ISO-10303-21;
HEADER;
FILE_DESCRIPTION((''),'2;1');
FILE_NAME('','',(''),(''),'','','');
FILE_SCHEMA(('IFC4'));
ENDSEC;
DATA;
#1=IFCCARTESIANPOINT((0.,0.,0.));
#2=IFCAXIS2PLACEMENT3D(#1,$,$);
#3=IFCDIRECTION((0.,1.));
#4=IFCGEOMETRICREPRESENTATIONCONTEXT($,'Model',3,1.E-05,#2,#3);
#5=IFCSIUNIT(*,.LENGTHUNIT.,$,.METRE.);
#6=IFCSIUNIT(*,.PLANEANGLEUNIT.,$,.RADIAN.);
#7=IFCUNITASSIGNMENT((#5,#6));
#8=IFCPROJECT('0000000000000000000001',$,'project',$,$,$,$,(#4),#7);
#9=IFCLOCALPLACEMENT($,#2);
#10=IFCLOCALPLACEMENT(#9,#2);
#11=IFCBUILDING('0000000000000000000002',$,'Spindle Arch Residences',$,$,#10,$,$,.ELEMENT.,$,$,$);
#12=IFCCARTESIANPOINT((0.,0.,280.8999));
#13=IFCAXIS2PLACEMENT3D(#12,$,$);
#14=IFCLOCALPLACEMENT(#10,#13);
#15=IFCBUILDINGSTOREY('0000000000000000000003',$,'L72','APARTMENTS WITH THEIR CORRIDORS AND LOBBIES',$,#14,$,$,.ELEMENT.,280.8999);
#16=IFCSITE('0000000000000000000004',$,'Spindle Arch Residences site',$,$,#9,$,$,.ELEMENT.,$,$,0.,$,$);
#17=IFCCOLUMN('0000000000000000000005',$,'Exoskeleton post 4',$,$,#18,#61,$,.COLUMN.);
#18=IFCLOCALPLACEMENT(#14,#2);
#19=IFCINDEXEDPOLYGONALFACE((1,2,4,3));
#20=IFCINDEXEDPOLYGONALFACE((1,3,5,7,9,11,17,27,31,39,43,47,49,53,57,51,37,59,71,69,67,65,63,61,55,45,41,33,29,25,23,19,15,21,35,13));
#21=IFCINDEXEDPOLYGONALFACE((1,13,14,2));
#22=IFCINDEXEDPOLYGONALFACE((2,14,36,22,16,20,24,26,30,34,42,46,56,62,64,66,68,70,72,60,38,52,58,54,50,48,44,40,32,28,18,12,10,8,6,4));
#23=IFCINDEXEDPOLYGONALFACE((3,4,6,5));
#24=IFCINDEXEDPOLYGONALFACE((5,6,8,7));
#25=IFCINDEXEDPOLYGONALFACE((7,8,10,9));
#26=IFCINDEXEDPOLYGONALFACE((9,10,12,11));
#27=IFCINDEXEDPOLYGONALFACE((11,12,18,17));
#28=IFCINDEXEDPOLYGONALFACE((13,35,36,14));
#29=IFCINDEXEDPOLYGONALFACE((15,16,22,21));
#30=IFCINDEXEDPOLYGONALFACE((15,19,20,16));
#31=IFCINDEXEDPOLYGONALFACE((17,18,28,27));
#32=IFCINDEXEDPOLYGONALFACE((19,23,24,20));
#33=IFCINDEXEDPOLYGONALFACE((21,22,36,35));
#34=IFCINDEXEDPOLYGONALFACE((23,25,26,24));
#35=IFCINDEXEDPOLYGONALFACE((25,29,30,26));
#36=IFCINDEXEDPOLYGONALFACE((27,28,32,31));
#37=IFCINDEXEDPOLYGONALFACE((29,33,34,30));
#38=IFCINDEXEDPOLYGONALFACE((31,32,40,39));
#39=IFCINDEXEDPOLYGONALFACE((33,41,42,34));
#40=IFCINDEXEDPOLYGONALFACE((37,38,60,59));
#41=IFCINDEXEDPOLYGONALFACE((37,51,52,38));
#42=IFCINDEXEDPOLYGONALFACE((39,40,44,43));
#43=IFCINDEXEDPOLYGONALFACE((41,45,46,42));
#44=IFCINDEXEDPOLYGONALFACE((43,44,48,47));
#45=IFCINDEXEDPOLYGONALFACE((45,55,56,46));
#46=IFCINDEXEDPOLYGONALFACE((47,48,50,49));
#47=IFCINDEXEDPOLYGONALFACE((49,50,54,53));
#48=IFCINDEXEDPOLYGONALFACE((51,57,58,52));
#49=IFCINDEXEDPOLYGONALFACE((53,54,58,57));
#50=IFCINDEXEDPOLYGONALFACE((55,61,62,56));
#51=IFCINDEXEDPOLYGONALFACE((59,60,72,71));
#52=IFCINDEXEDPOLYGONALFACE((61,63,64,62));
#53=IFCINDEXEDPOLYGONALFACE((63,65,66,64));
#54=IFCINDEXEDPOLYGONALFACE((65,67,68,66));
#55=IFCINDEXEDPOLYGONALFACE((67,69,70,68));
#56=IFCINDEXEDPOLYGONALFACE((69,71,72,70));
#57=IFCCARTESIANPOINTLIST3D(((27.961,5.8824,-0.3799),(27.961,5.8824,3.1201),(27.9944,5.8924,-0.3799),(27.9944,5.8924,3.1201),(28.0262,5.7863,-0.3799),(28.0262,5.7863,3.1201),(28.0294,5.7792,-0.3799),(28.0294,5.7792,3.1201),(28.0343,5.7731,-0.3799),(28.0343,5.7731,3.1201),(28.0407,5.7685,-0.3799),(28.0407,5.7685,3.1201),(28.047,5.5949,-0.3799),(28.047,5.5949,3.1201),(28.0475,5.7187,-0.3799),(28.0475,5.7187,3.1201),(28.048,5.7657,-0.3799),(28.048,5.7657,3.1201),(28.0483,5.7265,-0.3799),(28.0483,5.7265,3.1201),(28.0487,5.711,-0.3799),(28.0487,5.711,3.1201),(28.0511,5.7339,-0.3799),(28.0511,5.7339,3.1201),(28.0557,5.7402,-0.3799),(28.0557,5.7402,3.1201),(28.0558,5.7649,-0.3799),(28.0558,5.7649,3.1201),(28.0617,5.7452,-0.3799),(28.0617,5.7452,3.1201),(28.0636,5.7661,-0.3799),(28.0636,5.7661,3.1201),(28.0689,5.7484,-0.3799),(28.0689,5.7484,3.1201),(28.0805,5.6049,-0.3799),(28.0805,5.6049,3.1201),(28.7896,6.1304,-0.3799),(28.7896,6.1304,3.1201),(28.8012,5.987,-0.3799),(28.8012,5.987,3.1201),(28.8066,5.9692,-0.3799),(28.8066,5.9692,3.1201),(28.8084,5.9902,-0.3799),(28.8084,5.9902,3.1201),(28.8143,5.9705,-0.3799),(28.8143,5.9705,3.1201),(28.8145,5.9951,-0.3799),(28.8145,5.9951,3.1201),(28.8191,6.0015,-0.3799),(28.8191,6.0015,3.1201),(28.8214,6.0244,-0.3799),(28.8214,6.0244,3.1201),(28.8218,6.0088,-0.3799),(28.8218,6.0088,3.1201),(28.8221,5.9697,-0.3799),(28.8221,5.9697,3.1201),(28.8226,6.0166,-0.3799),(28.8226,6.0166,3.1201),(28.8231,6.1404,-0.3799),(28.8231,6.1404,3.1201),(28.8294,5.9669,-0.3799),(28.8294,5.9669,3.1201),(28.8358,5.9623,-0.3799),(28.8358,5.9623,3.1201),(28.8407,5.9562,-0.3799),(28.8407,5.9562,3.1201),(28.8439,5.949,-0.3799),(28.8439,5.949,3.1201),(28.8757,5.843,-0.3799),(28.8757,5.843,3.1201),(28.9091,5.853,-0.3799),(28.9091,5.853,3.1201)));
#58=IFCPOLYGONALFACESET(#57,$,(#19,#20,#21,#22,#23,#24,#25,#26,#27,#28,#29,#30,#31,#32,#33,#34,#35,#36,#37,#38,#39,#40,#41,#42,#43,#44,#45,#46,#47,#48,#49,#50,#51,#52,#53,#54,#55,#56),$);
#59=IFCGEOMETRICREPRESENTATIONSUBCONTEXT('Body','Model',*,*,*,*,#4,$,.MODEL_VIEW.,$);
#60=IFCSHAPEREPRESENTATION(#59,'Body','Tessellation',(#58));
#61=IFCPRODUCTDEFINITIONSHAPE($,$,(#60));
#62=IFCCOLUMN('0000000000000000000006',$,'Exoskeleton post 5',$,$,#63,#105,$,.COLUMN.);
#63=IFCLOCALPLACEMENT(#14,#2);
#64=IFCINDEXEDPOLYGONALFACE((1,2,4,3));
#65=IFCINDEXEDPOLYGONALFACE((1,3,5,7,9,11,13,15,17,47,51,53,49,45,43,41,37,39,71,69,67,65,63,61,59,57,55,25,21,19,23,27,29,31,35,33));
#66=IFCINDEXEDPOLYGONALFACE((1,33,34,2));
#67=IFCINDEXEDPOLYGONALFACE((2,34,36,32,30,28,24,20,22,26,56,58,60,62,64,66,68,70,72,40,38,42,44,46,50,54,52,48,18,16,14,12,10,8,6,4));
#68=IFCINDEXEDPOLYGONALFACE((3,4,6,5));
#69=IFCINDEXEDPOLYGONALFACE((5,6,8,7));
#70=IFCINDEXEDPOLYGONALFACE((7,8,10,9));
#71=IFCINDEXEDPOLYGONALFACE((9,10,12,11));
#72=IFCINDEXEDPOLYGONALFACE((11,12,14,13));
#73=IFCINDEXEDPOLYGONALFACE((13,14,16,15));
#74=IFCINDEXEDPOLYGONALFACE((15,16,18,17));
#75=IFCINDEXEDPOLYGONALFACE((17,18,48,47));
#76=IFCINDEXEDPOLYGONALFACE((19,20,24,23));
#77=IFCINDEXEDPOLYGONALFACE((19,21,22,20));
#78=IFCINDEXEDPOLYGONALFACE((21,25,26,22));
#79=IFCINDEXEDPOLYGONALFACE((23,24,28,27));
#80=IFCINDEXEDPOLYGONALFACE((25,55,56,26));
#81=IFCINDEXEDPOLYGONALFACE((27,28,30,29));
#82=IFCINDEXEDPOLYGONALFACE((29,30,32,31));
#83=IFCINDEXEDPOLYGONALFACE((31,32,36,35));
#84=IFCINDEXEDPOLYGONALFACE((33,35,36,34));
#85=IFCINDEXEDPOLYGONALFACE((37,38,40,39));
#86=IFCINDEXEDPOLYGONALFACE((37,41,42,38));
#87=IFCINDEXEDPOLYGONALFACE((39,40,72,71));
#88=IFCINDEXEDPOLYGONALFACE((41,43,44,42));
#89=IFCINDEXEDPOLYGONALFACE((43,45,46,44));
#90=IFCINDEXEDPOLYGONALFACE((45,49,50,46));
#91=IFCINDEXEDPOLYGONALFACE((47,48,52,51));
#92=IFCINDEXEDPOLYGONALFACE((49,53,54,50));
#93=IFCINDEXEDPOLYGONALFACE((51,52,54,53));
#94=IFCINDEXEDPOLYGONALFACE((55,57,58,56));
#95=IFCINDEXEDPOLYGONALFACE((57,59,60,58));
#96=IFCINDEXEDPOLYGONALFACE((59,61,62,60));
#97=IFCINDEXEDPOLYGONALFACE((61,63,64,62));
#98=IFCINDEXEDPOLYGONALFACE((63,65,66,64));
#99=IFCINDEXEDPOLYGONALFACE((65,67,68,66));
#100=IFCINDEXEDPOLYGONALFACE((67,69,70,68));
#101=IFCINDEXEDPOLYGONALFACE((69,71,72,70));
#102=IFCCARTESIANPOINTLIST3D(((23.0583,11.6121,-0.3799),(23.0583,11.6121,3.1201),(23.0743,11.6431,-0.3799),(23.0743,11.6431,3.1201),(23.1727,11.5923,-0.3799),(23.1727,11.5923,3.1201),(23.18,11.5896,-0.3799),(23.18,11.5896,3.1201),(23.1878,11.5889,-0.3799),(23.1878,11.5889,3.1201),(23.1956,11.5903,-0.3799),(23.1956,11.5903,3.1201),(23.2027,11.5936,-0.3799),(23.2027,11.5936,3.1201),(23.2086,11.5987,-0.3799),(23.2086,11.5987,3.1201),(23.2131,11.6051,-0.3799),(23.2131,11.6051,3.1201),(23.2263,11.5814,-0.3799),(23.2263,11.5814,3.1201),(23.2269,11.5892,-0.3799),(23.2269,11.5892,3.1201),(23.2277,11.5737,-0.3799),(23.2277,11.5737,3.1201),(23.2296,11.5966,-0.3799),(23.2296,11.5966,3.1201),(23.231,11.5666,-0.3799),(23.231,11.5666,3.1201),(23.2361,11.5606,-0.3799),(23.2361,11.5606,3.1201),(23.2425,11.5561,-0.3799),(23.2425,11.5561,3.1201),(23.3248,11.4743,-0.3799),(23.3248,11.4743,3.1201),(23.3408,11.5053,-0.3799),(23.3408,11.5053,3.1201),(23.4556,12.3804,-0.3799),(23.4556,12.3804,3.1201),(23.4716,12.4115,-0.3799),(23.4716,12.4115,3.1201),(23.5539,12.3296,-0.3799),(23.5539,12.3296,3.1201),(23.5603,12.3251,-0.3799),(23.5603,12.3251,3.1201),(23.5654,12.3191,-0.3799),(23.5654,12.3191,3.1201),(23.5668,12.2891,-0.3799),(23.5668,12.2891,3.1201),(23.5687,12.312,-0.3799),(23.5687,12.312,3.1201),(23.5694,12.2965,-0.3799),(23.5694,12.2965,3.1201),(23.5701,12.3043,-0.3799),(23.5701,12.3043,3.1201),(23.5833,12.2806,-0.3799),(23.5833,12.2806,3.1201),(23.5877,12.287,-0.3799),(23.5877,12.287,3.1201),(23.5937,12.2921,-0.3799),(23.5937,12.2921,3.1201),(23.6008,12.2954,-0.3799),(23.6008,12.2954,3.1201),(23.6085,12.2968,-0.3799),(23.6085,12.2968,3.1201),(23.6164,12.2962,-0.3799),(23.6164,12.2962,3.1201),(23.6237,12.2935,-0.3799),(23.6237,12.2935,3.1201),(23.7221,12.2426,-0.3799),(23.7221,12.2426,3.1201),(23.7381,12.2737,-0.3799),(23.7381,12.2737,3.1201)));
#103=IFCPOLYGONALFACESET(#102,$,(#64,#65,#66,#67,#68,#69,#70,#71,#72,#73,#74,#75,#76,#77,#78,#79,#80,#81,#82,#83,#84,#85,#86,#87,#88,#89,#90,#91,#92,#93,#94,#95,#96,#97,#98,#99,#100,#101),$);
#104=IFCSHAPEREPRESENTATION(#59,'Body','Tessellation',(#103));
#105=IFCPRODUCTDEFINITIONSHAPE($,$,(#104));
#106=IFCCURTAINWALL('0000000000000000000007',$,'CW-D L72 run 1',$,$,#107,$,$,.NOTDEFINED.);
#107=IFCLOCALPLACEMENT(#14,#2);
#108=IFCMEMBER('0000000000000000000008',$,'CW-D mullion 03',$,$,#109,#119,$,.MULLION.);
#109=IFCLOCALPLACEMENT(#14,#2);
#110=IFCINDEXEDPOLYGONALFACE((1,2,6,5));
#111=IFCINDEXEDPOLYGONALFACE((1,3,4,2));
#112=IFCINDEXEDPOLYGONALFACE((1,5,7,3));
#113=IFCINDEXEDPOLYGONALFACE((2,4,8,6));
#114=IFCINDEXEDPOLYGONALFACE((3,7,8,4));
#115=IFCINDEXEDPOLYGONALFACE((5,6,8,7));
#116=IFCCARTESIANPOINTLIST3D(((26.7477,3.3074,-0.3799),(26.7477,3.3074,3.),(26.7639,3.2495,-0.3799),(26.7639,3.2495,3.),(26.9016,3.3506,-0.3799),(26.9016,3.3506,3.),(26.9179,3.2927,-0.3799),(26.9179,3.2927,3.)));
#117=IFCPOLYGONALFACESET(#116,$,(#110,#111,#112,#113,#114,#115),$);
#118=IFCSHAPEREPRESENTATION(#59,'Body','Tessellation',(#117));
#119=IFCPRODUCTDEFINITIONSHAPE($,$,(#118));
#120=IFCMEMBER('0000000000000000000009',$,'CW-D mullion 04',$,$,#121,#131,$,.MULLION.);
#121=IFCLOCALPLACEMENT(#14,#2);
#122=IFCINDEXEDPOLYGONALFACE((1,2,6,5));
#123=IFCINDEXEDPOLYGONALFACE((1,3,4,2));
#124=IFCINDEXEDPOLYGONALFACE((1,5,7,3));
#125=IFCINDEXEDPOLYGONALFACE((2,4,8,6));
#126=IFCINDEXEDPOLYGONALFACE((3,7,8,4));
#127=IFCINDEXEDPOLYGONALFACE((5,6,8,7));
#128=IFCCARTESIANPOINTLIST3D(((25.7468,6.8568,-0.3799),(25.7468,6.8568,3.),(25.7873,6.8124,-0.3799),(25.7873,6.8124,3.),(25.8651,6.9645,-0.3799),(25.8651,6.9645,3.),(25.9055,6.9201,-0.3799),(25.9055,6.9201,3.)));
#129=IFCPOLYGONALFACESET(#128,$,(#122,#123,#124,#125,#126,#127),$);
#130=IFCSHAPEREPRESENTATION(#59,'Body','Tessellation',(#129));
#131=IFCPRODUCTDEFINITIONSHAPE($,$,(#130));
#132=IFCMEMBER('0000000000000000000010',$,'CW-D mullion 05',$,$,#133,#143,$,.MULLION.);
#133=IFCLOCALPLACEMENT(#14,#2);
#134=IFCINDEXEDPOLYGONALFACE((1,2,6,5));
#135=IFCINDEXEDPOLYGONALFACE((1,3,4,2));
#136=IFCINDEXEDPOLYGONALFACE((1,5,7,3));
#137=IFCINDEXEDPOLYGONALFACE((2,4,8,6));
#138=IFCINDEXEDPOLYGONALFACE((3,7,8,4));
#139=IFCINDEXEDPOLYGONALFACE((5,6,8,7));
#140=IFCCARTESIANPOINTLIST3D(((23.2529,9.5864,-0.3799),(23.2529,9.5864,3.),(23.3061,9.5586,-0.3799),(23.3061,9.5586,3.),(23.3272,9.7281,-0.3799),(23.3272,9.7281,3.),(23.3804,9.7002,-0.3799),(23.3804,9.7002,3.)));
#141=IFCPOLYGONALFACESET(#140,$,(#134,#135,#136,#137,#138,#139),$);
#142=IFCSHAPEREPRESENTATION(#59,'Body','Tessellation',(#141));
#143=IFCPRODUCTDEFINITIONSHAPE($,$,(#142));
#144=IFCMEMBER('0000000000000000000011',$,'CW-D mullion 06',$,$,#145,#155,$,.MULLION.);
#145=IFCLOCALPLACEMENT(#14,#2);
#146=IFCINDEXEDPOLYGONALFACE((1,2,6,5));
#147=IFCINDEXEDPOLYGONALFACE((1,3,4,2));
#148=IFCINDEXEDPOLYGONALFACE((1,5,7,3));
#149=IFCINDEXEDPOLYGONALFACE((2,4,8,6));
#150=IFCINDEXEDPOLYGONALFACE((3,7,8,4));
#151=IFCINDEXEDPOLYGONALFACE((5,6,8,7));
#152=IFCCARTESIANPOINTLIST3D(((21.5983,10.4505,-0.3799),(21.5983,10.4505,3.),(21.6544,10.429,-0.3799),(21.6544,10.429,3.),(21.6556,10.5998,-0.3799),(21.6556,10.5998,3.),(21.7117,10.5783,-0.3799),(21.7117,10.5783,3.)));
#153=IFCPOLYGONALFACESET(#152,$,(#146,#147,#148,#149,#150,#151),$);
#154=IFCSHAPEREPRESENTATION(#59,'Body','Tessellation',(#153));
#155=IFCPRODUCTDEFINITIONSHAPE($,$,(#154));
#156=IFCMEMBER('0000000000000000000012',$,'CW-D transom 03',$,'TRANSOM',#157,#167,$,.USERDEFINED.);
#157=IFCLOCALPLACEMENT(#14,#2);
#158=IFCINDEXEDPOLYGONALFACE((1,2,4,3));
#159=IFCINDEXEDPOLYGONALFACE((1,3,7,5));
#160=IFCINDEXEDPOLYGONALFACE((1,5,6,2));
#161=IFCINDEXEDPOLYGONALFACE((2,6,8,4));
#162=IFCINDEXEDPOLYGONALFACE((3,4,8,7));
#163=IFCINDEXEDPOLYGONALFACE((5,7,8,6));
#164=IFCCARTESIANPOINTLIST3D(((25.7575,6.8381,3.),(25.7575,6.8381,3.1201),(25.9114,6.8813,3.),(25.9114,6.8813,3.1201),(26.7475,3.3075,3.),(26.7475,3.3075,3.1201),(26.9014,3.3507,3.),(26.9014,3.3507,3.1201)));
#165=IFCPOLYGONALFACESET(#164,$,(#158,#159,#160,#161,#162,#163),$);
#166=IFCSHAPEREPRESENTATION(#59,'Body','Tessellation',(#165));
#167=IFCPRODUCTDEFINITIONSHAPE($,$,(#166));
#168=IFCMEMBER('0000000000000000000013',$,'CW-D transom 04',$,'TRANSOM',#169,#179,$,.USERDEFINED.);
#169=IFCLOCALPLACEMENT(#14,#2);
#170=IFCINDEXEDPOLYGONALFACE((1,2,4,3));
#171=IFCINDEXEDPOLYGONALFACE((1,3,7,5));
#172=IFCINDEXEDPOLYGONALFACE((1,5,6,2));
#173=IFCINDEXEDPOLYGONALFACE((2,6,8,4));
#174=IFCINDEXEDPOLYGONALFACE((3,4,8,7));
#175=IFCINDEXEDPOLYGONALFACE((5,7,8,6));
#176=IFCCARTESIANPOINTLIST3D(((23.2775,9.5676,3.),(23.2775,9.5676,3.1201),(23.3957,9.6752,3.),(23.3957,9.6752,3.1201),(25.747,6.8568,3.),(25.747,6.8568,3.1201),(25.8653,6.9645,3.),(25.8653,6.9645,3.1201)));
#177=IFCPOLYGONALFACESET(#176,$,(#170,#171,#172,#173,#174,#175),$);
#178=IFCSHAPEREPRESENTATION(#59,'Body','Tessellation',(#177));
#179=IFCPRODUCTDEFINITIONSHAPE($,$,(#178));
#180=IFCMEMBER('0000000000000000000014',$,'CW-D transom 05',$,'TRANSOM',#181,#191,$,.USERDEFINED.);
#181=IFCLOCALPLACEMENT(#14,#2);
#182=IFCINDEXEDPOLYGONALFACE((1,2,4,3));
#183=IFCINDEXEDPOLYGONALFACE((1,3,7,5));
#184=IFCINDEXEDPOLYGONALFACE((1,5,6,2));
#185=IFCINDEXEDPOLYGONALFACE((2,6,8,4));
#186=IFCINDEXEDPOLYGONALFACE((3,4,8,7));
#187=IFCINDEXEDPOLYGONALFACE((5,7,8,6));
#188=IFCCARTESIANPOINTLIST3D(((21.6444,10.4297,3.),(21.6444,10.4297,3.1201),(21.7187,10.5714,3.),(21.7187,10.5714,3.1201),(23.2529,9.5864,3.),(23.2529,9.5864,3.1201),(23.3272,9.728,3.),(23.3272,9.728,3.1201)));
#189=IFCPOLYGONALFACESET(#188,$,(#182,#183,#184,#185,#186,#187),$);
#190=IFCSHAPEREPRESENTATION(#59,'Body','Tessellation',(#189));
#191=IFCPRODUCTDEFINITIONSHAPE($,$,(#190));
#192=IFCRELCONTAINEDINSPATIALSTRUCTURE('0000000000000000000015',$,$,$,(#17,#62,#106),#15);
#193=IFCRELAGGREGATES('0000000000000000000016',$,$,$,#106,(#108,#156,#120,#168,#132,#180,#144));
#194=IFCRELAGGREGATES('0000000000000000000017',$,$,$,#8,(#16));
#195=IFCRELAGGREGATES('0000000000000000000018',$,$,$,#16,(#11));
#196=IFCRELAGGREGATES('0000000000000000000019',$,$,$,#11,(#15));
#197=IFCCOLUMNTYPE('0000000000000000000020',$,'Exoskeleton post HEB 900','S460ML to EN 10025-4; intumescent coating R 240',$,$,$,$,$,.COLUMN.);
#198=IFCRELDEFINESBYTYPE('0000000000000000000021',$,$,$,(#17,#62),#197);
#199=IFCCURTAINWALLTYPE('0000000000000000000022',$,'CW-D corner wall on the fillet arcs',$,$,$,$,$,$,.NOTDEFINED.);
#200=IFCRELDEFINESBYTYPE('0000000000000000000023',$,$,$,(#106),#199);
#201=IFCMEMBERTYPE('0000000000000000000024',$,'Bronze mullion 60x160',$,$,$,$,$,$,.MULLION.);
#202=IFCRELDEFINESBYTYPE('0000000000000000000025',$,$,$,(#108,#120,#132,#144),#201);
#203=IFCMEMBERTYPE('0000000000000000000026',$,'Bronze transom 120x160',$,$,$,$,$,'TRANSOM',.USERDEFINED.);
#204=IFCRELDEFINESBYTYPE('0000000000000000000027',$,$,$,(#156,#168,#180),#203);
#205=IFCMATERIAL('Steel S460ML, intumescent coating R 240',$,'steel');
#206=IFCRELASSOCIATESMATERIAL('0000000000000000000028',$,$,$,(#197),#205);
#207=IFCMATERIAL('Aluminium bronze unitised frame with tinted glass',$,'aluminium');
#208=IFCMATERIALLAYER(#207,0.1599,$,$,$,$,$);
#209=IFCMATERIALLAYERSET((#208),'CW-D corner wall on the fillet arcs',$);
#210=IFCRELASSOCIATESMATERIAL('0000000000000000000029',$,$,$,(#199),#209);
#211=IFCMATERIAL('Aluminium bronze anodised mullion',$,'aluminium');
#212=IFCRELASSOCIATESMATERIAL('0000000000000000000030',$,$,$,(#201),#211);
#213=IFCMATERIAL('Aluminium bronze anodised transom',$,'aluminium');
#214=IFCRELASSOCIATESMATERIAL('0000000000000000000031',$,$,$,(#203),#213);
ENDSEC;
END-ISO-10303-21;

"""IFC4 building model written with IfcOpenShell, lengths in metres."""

from ifc_helpers import new_model, si_unit, direction, frame, origin, origin_2d, place, context, subcontext, project, spatial, rectangle, i_section, extrude, material, layer, layer_set, material_profile, profile_set, type_object, element, aggregate, save


model = new_model("IFC4")

# Units and contexts
model_context = context("Model", 3, precision=1e-05, world=origin(), true_north=direction((0.0, 1.0)))
body_context = subcontext(model_context, "Body", "Model", "MODEL_VIEW")
ifc_project = project(units=[si_unit("LENGTHUNIT", "METRE"), si_unit("PLANEANGLEUNIT", "RADIAN")], contexts=[model_context])

# Site, building, storey
site_placement = place(None, origin())
site = spatial("IfcSite", under=ifc_project, at=site_placement, Name="Spindle Arch Residences site", CompositionType="ELEMENT", RefElevation=0.0)
building_placement = place(site_placement, origin())
building = spatial("IfcBuilding", under=site, at=building_placement, Name="Spindle Arch Residences", CompositionType="ELEMENT")
storey_placement = place(building_placement, frame((0.0, 0.0, 280.8999)))
storey = spatial("IfcBuildingStorey", under=building, at=storey_placement, Name="L72", Description="APARTMENTS WITH THEIR CORRIDORS AND LOBBIES", CompositionType="ELEMENT", Elevation=280.8999)

# Columns
ifc_material_1 = material(Name="Steel S460ML, intumescent coating R 240", Category="steel")
ifc_material_profile_1 = material_profile(ifc_material_1, i_section(OverallWidth=0.3, OverallDepth=0.8999, WebThickness=0.0186, FlangeThickness=0.0349, FilletRadius=0.03, at=origin_2d()), Name="HEB 900")
ifc_profile_set_1 = profile_set([ifc_material_profile_1], Name="Steel S460ML, intumescent coating R 240")
column_type = type_object("IfcColumnType", Name="Exoskeleton post HEB 900", Description="S460ML to EN 10025-4; intumescent coating R 240", PredefinedType="COLUMN", material=ifc_profile_set_1)
for number, where, z_axis, x_axis, name in (
    (1, (28.4351, 5.8677, -0.3799), (0.0, 0.0, 1.0), (0.286784, -0.957995, 0.0), "Exoskeleton post 4"),
    (2, (23.3982, 11.9429, -0.3799), (0.0, 0.0, 1.0), (0.888286, -0.459291, 0.0), "Exoskeleton post 5"),
):
    element("IfcColumn", number, at=place(storey_placement, frame(where, z_axis=z_axis, x_axis=x_axis)), inside=storey, type_object=column_type, Name=name, PredefinedType="COLUMN", context=body_context, shape_type="SweptSolid", body=[
        extrude(i_section(OverallWidth=0.3, OverallDepth=0.8999, WebThickness=0.0186, FlangeThickness=0.0349, FilletRadius=0.03, at=origin_2d()), origin(), (0.0, 0.0, 1.0), 3.5),
    ])

# Curtain wall, members
ifc_material_2 = material(Name="Aluminium bronze unitised frame with tinted glass", Category="aluminium")
ifc_layer_1 = layer(ifc_material_2, 0.1599)
ifc_layer_set_1 = layer_set([ifc_layer_1], Name="CW-D corner wall on the fillet arcs")
curtain_wall_type = type_object("IfcCurtainWallType", Name="CW-D corner wall on the fillet arcs", PredefinedType="NOTDEFINED", material=ifc_layer_set_1)
curtain_wall_placement = place(storey_placement, origin())
curtain_wall = element("IfcCurtainWall", 3, at=curtain_wall_placement, inside=storey, type_object=curtain_wall_type, Name="CW-D L72 run 1", PredefinedType="NOTDEFINED")
ifc_material_3 = material(Name="Aluminium bronze anodised mullion", Category="aluminium")
ifc_material_profile_2 = material_profile(ifc_material_3, rectangle(XDim=0.1599, YDim=0.0601, at=origin_2d()), Name="MU 60x160")
ifc_profile_set_2 = profile_set([ifc_material_profile_2], Name="Aluminium bronze anodised mullion")
member_type_1 = type_object("IfcMemberType", Name="Bronze mullion 60x160", PredefinedType="MULLION", material=ifc_profile_set_2)
member_1_placement = place(storey_placement, frame((26.8328, 3.3, -0.3799), z_axis=(0.0, 0.0, 1.0), x_axis=(-0.962849, -0.27004, 0.0)))
member_1 = element("IfcMember", 4, at=member_1_placement, type_object=member_type_1, Name="CW-D mullion 03", PredefinedType="MULLION", context=body_context, shape_type="SweptSolid", body=[
    extrude(rectangle(XDim=0.1599, YDim=0.0601, at=origin_2d()), origin(), (0.0, 0.0, 1.0), 3.3799),
])
member_2_placement = place(storey_placement, frame((25.8262, 6.8884, -0.3799), z_axis=(0.0, 0.0, 1.0), x_axis=(-0.739239, -0.673443, 0.0)))
member_2 = element("IfcMember", 5, at=member_2_placement, type_object=member_type_1, Name="CW-D mullion 04", PredefinedType="MULLION", context=body_context, shape_type="SweptSolid", body=[
    extrude(rectangle(XDim=0.1599, YDim=0.0601, at=origin_2d()), origin(), (0.0, 0.0, 1.0), 3.3799),
])
member_3_placement = place(storey_placement, frame((23.3167, 9.6433, -0.3799), z_axis=(0.0, 0.0, 1.0), x_axis=(-0.464327, -0.885664, 0.0)))
member_3 = element("IfcMember", 6, at=member_3_placement, type_object=member_type_1, Name="CW-D mullion 05", PredefinedType="MULLION", context=body_context, shape_type="SweptSolid", body=[
    extrude(rectangle(XDim=0.1599, YDim=0.0601, at=origin_2d()), origin(), (0.0, 0.0, 1.0), 3.3799),
])
member_4_placement = place(storey_placement, frame((21.655, 10.5144, -0.3799), z_axis=(0.0, 0.0, 1.0), x_axis=(-0.358368, -0.93358, 0.0)))
member_4 = element("IfcMember", 7, at=member_4_placement, type_object=member_type_1, Name="CW-D mullion 06", PredefinedType="MULLION", context=body_context, shape_type="SweptSolid", body=[
    extrude(rectangle(XDim=0.1599, YDim=0.0601, at=origin_2d()), origin(), (0.0, 0.0, 1.0), 3.3799),
])
ifc_material_4 = material(Name="Aluminium bronze anodised transom", Category="aluminium")
ifc_material_profile_3 = material_profile(ifc_material_4, rectangle(XDim=0.1599, YDim=0.1201, at=origin_2d()), Name="TR 120x160")
ifc_profile_set_3 = profile_set([ifc_material_profile_3], Name="Aluminium bronze anodised transom")
member_type_2 = type_object("IfcMemberType", Name="Bronze transom 120x160", ElementType="TRANSOM", PredefinedType="USERDEFINED", material=ifc_profile_set_3)
member_5_placement = place(storey_placement, frame((26.8245, 3.3291, 3.0601), z_axis=(-0.269995, 0.962862, 0.0), x_axis=(-0.962862, -0.269995, 0.0)))
member_5 = element("IfcMember", 8, at=member_5_placement, type_object=member_type_2, Name="CW-D transom 03", ObjectType="TRANSOM", PredefinedType="USERDEFINED", context=body_context, shape_type="SweptSolid", body=[
    extrude(rectangle(XDim=0.1599, YDim=0.1201, at=origin_2d()), origin(), (0.0, 0.0, 1.0), 3.6667),
])
member_6_placement = place(storey_placement, frame((25.8062, 6.9106, 3.0601), z_axis=(-0.673451, 0.739232, 0.0), x_axis=(-0.739232, -0.673451, 0.0)))
member_6 = element("IfcMember", 9, at=member_6_placement, type_object=member_type_2, Name="CW-D transom 04", ObjectType="TRANSOM", PredefinedType="USERDEFINED", context=body_context, shape_type="SweptSolid", body=[
    extrude(rectangle(XDim=0.1599, YDim=0.1201, at=origin_2d()), origin(), (0.0, 0.0, 1.0), 3.667),
])
member_7_placement = place(storey_placement, frame((23.29, 9.6572, 3.0601), z_axis=(-0.885658, 0.464339, 0.0), x_axis=(-0.464339, -0.885658, 0.0)))
member_7 = element("IfcMember", 10, at=member_7_placement, type_object=member_type_2, Name="CW-D transom 05", ObjectType="TRANSOM", PredefinedType="USERDEFINED", context=body_context, shape_type="SweptSolid", body=[
    extrude(rectangle(XDim=0.1599, YDim=0.1201, at=origin_2d()), origin(), (0.0, 0.0, 1.0), 1.8162),
])

aggregate(curtain_wall, [member_1, member_5, member_2, member_6, member_3, member_7, member_4])

save(model, "model.ifc")
